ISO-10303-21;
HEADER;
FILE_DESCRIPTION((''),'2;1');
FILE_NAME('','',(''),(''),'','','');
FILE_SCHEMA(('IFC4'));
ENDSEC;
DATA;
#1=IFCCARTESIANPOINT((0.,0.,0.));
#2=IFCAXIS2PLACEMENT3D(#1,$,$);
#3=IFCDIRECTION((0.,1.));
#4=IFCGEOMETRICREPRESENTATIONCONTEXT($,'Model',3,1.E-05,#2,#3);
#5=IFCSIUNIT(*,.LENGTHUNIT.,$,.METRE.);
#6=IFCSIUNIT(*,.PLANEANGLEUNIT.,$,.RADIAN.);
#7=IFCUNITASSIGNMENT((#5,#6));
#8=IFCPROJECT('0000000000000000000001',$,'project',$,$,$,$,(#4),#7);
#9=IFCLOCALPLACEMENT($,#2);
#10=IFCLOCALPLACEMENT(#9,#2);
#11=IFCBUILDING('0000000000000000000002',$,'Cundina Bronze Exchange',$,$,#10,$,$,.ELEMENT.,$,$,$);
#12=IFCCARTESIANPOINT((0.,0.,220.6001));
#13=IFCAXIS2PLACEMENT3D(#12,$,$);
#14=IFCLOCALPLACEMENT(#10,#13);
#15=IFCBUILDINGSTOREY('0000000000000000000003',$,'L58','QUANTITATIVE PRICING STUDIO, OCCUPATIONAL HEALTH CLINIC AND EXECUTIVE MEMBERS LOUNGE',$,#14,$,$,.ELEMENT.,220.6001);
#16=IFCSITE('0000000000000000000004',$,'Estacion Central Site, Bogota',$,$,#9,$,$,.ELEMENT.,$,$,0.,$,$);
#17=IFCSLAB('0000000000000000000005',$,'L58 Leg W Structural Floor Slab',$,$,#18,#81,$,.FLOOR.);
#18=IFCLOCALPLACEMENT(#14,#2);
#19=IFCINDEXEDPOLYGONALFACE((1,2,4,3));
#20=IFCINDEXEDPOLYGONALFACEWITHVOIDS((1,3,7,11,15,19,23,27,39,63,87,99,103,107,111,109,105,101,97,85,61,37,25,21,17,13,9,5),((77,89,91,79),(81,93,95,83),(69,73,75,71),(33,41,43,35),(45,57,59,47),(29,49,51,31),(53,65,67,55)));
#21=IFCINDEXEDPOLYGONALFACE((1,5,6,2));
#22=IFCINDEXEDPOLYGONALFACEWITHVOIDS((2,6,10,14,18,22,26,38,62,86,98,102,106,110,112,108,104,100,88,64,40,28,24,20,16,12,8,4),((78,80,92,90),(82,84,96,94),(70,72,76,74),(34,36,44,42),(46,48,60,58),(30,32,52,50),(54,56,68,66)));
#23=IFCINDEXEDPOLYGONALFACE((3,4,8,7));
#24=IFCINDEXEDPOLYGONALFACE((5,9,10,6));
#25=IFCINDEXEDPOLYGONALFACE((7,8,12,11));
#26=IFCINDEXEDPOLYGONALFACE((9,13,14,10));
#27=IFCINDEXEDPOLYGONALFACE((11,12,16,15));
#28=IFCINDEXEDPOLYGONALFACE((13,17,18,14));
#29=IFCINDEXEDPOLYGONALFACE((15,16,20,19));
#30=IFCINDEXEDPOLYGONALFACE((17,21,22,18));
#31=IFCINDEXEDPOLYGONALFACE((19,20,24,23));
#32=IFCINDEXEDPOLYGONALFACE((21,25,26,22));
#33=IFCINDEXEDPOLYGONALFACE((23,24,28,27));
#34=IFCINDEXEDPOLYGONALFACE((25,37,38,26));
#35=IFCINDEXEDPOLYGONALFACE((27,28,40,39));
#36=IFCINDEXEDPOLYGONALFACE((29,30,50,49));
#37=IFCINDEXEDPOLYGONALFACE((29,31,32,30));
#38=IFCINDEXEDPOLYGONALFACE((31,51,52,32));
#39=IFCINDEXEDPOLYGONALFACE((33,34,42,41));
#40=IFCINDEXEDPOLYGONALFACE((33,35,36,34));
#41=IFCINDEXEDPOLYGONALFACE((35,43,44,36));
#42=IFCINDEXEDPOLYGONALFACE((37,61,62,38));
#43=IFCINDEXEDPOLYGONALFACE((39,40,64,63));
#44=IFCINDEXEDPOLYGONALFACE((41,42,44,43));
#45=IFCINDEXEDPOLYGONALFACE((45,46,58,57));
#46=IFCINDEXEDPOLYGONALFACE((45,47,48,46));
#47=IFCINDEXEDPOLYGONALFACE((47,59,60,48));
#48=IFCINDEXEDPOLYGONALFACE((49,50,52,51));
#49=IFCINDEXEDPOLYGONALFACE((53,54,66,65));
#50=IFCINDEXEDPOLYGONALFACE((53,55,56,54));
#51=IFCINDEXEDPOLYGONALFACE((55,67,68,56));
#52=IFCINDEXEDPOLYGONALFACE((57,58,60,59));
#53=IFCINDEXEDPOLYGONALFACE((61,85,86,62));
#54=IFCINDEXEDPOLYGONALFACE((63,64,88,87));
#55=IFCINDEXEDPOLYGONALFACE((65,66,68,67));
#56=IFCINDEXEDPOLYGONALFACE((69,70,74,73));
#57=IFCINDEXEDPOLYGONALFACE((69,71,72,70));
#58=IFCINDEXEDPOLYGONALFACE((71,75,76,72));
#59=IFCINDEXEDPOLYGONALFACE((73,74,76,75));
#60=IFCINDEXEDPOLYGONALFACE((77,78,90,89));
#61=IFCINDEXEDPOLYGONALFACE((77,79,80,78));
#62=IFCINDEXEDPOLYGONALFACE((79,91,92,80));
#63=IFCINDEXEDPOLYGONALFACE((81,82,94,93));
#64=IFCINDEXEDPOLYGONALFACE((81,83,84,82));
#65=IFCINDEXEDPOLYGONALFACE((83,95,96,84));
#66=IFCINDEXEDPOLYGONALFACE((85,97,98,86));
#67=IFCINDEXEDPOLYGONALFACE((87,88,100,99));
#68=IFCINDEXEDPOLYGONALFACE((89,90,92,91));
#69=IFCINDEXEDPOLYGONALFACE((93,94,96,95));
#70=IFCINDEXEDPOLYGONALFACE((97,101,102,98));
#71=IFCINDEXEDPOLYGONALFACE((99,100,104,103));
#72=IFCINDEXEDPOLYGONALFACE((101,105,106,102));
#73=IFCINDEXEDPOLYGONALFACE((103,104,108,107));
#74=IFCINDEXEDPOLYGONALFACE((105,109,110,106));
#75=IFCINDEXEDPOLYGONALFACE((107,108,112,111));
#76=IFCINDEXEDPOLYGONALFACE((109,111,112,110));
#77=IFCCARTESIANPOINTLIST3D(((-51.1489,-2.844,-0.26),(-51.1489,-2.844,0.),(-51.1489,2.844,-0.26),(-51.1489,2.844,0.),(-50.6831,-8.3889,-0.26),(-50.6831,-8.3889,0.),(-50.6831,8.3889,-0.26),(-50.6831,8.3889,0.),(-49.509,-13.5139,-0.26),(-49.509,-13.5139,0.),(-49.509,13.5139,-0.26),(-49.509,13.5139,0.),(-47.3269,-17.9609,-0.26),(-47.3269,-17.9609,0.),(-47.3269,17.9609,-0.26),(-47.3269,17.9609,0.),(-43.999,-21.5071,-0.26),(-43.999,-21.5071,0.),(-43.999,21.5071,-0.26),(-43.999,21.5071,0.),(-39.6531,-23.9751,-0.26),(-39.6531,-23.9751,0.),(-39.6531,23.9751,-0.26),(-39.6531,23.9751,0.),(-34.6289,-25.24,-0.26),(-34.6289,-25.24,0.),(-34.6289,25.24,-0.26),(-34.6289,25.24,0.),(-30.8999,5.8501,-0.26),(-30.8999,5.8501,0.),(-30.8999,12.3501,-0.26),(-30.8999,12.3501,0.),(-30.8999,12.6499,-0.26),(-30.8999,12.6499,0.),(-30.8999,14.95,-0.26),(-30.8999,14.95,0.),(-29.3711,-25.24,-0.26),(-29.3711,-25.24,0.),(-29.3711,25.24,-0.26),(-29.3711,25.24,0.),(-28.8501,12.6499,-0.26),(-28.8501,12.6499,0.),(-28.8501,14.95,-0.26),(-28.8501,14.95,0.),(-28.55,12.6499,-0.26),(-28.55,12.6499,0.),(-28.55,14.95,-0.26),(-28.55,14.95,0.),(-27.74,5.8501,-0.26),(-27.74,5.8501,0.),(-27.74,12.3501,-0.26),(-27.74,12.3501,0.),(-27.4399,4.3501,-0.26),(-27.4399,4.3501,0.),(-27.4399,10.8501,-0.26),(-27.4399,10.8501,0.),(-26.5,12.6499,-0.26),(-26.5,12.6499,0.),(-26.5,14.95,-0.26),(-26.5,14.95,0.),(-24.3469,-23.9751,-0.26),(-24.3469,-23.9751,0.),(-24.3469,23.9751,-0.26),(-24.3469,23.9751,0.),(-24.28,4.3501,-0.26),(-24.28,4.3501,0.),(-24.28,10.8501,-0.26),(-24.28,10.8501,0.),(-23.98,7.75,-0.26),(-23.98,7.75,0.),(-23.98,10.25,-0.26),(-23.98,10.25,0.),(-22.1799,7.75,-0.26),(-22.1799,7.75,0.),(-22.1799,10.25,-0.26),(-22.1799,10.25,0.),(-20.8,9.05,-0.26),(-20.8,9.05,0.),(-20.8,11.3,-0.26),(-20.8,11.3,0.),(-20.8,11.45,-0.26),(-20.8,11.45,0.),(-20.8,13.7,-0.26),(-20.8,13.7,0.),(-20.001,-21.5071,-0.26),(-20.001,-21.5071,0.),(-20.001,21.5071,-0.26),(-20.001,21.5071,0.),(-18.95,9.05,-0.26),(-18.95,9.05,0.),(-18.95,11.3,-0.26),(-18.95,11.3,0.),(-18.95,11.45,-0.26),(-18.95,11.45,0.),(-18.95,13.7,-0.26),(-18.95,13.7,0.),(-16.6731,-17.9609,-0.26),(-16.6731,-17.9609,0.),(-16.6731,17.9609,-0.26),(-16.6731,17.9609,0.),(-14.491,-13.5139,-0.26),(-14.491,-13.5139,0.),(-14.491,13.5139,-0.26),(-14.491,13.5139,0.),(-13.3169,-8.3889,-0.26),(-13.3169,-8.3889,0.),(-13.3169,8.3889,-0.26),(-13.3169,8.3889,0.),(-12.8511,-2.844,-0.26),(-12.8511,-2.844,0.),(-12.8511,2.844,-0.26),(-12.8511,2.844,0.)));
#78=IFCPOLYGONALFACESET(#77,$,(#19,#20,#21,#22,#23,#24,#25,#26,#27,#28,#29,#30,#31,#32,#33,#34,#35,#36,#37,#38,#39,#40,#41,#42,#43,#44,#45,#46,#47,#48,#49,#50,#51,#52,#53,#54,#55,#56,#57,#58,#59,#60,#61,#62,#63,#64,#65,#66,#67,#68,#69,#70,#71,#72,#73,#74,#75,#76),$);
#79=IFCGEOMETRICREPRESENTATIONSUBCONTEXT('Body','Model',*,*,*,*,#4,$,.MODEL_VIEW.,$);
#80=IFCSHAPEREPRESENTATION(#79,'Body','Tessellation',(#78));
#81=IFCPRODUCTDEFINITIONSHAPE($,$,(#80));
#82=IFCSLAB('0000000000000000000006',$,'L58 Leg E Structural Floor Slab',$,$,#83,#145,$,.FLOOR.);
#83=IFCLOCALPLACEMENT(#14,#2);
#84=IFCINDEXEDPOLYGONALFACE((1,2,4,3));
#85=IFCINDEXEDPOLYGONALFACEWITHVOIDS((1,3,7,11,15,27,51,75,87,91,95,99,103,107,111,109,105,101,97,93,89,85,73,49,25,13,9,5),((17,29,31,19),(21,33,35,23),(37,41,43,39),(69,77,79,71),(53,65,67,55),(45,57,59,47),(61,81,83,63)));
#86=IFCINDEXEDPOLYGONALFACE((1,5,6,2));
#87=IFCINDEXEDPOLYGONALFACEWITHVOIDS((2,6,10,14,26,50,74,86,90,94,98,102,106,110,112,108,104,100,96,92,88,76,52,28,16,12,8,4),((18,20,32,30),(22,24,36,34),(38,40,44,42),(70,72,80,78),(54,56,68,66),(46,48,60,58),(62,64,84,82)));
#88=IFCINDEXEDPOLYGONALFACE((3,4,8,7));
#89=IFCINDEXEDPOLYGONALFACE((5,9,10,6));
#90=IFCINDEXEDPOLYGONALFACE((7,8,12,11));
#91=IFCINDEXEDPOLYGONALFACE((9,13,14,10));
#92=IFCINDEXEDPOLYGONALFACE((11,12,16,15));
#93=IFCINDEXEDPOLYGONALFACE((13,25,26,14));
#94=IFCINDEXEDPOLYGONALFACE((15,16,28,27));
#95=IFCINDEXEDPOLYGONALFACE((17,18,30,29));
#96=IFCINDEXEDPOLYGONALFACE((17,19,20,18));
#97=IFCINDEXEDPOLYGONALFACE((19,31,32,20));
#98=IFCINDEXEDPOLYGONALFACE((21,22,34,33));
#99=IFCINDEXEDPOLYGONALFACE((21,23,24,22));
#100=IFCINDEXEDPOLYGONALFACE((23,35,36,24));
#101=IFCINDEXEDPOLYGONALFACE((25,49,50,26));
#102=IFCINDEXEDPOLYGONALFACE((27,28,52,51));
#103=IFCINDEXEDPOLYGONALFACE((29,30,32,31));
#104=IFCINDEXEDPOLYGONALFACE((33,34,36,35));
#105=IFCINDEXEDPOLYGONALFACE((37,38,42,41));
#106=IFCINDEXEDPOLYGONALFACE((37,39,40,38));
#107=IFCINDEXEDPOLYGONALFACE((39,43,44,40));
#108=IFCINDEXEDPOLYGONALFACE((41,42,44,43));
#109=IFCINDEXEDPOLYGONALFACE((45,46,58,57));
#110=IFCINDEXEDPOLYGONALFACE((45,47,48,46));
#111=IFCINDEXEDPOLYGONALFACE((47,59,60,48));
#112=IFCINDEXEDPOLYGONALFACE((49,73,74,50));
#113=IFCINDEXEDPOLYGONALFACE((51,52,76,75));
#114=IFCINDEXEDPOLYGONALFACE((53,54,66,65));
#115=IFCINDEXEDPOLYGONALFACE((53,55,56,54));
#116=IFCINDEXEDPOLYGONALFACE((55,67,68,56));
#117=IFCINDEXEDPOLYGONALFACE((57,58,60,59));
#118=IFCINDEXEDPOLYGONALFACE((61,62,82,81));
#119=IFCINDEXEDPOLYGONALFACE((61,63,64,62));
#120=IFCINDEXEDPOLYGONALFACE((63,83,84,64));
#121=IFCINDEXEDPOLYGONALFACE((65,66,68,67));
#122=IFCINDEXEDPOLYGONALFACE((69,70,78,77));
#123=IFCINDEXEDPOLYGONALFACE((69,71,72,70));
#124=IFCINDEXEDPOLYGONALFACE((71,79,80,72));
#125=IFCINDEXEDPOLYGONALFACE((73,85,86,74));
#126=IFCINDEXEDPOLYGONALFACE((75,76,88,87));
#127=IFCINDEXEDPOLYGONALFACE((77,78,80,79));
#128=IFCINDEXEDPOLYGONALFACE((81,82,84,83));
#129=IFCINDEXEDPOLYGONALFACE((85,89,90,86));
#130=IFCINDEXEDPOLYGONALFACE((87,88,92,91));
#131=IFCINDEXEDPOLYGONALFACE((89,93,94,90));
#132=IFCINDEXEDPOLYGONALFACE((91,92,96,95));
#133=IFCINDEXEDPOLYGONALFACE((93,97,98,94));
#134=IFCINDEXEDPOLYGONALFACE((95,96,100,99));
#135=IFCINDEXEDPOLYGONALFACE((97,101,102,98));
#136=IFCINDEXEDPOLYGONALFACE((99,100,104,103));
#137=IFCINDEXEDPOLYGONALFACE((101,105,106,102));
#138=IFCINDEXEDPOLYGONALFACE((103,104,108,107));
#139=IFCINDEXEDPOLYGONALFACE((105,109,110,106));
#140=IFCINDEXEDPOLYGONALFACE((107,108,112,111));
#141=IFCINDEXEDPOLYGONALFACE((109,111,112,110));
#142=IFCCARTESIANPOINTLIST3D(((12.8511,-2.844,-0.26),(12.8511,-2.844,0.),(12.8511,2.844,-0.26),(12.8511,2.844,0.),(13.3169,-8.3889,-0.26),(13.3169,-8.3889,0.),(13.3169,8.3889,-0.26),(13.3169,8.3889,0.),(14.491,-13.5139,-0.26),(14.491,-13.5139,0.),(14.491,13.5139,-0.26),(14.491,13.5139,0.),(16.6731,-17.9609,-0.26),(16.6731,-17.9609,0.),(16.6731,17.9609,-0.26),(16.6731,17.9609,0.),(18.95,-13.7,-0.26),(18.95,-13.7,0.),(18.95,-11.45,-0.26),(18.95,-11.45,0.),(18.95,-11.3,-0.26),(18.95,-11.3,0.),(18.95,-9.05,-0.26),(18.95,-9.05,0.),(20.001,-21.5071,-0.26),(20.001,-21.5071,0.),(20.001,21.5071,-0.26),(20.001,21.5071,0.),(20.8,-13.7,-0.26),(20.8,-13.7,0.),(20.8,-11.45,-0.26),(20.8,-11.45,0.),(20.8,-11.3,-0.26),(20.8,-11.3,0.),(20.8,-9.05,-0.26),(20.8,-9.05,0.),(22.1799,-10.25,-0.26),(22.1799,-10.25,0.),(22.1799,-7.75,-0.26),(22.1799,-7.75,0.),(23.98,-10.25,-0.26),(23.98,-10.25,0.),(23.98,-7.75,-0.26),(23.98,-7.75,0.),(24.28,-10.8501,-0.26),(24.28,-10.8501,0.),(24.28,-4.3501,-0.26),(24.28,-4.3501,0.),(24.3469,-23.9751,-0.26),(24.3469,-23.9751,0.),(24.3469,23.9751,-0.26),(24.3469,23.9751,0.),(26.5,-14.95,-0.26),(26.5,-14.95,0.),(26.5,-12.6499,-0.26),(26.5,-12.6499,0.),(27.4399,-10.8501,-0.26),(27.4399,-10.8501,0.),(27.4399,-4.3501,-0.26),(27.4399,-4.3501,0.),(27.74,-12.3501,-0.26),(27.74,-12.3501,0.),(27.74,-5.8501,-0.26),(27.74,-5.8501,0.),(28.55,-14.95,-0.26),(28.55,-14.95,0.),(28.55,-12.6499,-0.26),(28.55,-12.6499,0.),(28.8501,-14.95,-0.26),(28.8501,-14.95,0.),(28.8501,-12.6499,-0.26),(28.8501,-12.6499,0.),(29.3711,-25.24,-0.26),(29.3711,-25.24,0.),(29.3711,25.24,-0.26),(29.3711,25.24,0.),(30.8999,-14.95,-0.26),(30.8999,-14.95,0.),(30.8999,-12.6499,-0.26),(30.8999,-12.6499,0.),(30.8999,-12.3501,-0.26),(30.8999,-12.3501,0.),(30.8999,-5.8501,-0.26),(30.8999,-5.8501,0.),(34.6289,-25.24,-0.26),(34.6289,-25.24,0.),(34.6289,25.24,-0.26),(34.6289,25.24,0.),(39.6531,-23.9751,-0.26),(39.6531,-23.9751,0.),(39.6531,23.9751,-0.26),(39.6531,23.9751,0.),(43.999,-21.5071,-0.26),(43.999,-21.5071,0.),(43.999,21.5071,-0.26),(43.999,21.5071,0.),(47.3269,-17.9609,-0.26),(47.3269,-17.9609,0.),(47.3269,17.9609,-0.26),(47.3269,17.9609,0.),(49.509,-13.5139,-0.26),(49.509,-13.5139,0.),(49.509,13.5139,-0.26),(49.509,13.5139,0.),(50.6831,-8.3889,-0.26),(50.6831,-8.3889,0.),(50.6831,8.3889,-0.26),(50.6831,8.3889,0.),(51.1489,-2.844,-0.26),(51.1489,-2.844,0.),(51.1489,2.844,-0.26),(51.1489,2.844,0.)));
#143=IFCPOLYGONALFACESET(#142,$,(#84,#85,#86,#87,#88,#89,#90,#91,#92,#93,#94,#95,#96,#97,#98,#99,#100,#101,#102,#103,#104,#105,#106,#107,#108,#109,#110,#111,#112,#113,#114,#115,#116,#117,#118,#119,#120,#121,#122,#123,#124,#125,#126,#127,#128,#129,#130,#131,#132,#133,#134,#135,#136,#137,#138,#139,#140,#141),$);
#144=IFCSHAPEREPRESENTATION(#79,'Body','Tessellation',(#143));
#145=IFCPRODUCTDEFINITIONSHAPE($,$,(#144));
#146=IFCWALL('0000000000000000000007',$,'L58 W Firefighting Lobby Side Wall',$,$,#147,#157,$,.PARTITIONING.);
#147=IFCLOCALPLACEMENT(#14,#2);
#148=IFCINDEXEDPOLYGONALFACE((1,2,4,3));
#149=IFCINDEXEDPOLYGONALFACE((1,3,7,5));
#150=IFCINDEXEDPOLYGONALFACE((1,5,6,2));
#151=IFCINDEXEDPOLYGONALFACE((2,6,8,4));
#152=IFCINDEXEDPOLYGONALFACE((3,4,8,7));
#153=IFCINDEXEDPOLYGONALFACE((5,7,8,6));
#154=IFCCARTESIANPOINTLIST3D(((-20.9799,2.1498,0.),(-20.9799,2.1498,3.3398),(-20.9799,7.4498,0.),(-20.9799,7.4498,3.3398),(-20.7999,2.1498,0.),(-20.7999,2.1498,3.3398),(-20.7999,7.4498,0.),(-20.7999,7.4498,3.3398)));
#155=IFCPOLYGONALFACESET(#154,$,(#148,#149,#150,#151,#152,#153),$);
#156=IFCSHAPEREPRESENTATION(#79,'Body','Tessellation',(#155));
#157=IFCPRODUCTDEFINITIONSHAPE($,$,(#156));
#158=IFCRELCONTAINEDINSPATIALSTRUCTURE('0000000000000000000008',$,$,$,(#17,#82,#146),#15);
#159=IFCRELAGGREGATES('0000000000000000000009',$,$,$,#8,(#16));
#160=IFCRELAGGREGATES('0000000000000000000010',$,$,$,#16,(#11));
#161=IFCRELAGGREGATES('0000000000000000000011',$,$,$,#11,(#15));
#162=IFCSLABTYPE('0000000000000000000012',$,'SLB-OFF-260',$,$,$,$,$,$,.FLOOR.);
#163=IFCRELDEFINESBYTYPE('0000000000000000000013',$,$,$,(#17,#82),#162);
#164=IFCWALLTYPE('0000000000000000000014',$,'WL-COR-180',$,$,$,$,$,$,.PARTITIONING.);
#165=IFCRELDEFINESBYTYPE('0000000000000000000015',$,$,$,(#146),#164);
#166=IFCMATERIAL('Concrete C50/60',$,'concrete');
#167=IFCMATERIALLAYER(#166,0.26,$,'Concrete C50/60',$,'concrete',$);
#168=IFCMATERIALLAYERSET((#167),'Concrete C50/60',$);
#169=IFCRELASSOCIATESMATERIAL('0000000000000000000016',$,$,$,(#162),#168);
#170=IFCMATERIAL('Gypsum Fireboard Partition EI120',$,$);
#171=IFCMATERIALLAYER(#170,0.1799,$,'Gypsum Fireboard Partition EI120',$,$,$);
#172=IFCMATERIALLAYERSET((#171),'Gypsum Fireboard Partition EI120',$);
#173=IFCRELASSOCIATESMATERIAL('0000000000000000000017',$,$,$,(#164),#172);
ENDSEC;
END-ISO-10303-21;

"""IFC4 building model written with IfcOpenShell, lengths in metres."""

from ifc_helpers import new_model, si_unit, direction, frame, frame_2d, origin, place, context, subcontext, project, spatial, polyline, rectangle, outline, extrude, material, layer, layer_set, type_object, element, save


model = new_model("IFC4")

# Units and contexts
model_context = context("Model", 3, precision=1e-05, world=origin(), true_north=direction((0.0, 1.0)))
body_context = subcontext(model_context, "Body", "Model", "MODEL_VIEW")
ifc_project = project(units=[si_unit("LENGTHUNIT", "METRE"), si_unit("PLANEANGLEUNIT", "RADIAN")], contexts=[model_context])

# Site, building, storey
site_placement = place(None, origin())
site = spatial("IfcSite", under=ifc_project, at=site_placement, Name="Estacion Central Site, Bogota", CompositionType="ELEMENT", RefElevation=0.0)
building_placement = place(site_placement, origin())
building = spatial("IfcBuilding", under=site, at=building_placement, Name="Cundina Bronze Exchange", CompositionType="ELEMENT")
storey_placement = place(building_placement, frame((0.0, 0.0, 220.6001)))
storey = spatial("IfcBuildingStorey", under=building, at=storey_placement, Name="L58", Description="QUANTITATIVE PRICING STUDIO, OCCUPATIONAL HEALTH CLINIC AND EXECUTIVE MEMBERS LOUNGE", CompositionType="ELEMENT", Elevation=220.6001)

# Shared definitions
ifc_material_1 = material(Name="Concrete C50/60", Category="concrete")

# Slabs
ifc_layer_1 = layer(ifc_material_1, 0.26, Name="Concrete C50/60", Category="concrete")
ifc_layer_set_1 = layer_set([ifc_layer_1], Name="Concrete C50/60")
slab_type = type_object("IfcSlabType", Name="SLB-OFF-260", PredefinedType="FLOOR", material=ifc_layer_set_1)
slab_1_placement = place(storey_placement, frame((0.0, 0.0, -0.26)))
element("IfcSlab", 1, at=slab_1_placement, inside=storey, type_object=slab_type, Name="L58 Leg W Structural Floor Slab", PredefinedType="FLOOR", context=body_context, shape_type="SweptSolid", body=[
    extrude(outline(polyline([(-12.8511, 2.844), (-13.3169, 8.3889), (-14.491, 13.5139), (-16.6731, 17.9609), (-20.001, 21.5071), (-24.3469, 23.9751), (-29.3711, 25.24), (-34.6289, 25.24), (-39.6531, 23.9751), (-43.999, 21.5071), (-47.3269, 17.9609), (-49.509, 13.5139), (-50.6831, 8.3889), (-51.1489, 2.844), (-51.1489, -2.844), (-50.6831, -8.3889), (-49.509, -13.5139), (-47.3269, -17.9609), (-43.999, -21.5071), (-39.6531, -23.9751), (-34.6289, -25.24), (-29.3711, -25.24), (-24.3469, -23.9751), (-20.001, -21.5071), (-16.6731, -17.9609), (-14.491, -13.5139), (-13.3169, -8.3889), (-12.8511, -2.844), (-12.8511, 2.844)]), holes=[polyline([(-27.74, 5.8501), (-27.74, 12.3501), (-30.8999, 12.3501), (-30.8999, 5.8501), (-27.74, 5.8501)]), polyline([(-27.4399, 10.8501), (-27.4399, 4.3501), (-24.28, 4.3501), (-24.28, 10.8501), (-27.4399, 10.8501)]), polyline([(-23.98, 10.25), (-22.1799, 10.25), (-22.1799, 7.75), (-23.98, 7.75), (-23.98, 10.25)]), polyline([(-30.8999, 14.95), (-28.8501, 14.95), (-28.8501, 12.6499), (-30.8999, 12.6499), (-30.8999, 14.95)]), polyline([(-28.55, 14.95), (-26.5, 14.95), (-26.5, 12.6499), (-28.55, 12.6499), (-28.55, 14.95)]), polyline([(-20.8, 13.7), (-18.95, 13.7), (-18.95, 11.45), (-20.8, 11.45), (-20.8, 13.7)]), polyline([(-20.8, 11.3), (-18.95, 11.3), (-18.95, 9.05), (-20.8, 9.05), (-20.8, 11.3)])]), origin(), (0.0, 0.0, 1.0), 0.26),
])
slab_2_placement = place(storey_placement, frame((0.0, 0.0, -0.26)))
element("IfcSlab", 2, at=slab_2_placement, inside=storey, type_object=slab_type, Name="L58 Leg E Structural Floor Slab", PredefinedType="FLOOR", context=body_context, shape_type="SweptSolid", body=[
    extrude(outline(polyline([(51.1489, 2.844), (50.6831, 8.3889), (49.509, 13.5139), (47.3269, 17.9609), (43.999, 21.5071), (39.6531, 23.9751), (34.6289, 25.24), (29.3711, 25.24), (24.3469, 23.9751), (20.001, 21.5071), (16.6731, 17.9609), (14.491, 13.5139), (13.3169, 8.3889), (12.8511, 2.844), (12.8511, -2.844), (13.3169, -8.3889), (14.491, -13.5139), (16.6731, -17.9609), (20.001, -21.5071), (24.3469, -23.9751), (29.3711, -25.24), (34.6289, -25.24), (39.6531, -23.9751), (43.999, -21.5071), (47.3269, -17.9609), (49.509, -13.5139), (50.6831, -8.3889), (51.1489, -2.844), (51.1489, 2.844)]), holes=[polyline([(27.74, -5.8501), (27.74, -12.3501), (30.8999, -12.3501), (30.8999, -5.8501), (27.74, -5.8501)]), polyline([(27.4399, -10.8501), (27.4399, -4.3501), (24.28, -4.3501), (24.28, -10.8501), (27.4399, -10.8501)]), polyline([(22.1799, -7.75), (23.98, -7.75), (23.98, -10.25), (22.1799, -10.25), (22.1799, -7.75)]), polyline([(28.8501, -12.6499), (30.8999, -12.6499), (30.8999, -14.95), (28.8501, -14.95), (28.8501, -12.6499)]), polyline([(26.5, -12.6499), (28.55, -12.6499), (28.55, -14.95), (26.5, -14.95), (26.5, -12.6499)]), polyline([(18.95, -11.45), (20.8, -11.45), (20.8, -13.7), (18.95, -13.7), (18.95, -11.45)]), polyline([(18.95, -9.05), (20.8, -9.05), (20.8, -11.3), (18.95, -11.3), (18.95, -9.05)])]), origin(), (0.0, 0.0, 1.0), 0.26),
])

# Wall
ifc_material_2 = material(Name="Gypsum Fireboard Partition EI120")
ifc_layer_2 = layer(ifc_material_2, 0.1799, Name="Gypsum Fireboard Partition EI120")
ifc_layer_set_2 = layer_set([ifc_layer_2], Name="Gypsum Fireboard Partition EI120")
wall_type_1 = type_object("IfcWallType", Name="WL-COR-180", PredefinedType="PARTITIONING", material=ifc_layer_set_2)
wall_1_placement = place(storey_placement, frame((-20.8899, 2.1499, 0.0), z_axis=(0.0, 0.0, 1.0), x_axis=(0.0, 1.0, 0.0)))
element("IfcWall", 3, at=wall_1_placement, inside=storey, type_object=wall_type_1, Name="L58 W Firefighting Lobby Side Wall", PredefinedType="PARTITIONING", context=body_context, shape_type="SweptSolid", body=[
    extrude(rectangle(XDim=5.3, YDim=0.1799, at=frame_2d((2.6499, 0.0))), origin(), (0.0, 0.0, 1.0), 3.3398),
])

save(model, "model.ifc")
